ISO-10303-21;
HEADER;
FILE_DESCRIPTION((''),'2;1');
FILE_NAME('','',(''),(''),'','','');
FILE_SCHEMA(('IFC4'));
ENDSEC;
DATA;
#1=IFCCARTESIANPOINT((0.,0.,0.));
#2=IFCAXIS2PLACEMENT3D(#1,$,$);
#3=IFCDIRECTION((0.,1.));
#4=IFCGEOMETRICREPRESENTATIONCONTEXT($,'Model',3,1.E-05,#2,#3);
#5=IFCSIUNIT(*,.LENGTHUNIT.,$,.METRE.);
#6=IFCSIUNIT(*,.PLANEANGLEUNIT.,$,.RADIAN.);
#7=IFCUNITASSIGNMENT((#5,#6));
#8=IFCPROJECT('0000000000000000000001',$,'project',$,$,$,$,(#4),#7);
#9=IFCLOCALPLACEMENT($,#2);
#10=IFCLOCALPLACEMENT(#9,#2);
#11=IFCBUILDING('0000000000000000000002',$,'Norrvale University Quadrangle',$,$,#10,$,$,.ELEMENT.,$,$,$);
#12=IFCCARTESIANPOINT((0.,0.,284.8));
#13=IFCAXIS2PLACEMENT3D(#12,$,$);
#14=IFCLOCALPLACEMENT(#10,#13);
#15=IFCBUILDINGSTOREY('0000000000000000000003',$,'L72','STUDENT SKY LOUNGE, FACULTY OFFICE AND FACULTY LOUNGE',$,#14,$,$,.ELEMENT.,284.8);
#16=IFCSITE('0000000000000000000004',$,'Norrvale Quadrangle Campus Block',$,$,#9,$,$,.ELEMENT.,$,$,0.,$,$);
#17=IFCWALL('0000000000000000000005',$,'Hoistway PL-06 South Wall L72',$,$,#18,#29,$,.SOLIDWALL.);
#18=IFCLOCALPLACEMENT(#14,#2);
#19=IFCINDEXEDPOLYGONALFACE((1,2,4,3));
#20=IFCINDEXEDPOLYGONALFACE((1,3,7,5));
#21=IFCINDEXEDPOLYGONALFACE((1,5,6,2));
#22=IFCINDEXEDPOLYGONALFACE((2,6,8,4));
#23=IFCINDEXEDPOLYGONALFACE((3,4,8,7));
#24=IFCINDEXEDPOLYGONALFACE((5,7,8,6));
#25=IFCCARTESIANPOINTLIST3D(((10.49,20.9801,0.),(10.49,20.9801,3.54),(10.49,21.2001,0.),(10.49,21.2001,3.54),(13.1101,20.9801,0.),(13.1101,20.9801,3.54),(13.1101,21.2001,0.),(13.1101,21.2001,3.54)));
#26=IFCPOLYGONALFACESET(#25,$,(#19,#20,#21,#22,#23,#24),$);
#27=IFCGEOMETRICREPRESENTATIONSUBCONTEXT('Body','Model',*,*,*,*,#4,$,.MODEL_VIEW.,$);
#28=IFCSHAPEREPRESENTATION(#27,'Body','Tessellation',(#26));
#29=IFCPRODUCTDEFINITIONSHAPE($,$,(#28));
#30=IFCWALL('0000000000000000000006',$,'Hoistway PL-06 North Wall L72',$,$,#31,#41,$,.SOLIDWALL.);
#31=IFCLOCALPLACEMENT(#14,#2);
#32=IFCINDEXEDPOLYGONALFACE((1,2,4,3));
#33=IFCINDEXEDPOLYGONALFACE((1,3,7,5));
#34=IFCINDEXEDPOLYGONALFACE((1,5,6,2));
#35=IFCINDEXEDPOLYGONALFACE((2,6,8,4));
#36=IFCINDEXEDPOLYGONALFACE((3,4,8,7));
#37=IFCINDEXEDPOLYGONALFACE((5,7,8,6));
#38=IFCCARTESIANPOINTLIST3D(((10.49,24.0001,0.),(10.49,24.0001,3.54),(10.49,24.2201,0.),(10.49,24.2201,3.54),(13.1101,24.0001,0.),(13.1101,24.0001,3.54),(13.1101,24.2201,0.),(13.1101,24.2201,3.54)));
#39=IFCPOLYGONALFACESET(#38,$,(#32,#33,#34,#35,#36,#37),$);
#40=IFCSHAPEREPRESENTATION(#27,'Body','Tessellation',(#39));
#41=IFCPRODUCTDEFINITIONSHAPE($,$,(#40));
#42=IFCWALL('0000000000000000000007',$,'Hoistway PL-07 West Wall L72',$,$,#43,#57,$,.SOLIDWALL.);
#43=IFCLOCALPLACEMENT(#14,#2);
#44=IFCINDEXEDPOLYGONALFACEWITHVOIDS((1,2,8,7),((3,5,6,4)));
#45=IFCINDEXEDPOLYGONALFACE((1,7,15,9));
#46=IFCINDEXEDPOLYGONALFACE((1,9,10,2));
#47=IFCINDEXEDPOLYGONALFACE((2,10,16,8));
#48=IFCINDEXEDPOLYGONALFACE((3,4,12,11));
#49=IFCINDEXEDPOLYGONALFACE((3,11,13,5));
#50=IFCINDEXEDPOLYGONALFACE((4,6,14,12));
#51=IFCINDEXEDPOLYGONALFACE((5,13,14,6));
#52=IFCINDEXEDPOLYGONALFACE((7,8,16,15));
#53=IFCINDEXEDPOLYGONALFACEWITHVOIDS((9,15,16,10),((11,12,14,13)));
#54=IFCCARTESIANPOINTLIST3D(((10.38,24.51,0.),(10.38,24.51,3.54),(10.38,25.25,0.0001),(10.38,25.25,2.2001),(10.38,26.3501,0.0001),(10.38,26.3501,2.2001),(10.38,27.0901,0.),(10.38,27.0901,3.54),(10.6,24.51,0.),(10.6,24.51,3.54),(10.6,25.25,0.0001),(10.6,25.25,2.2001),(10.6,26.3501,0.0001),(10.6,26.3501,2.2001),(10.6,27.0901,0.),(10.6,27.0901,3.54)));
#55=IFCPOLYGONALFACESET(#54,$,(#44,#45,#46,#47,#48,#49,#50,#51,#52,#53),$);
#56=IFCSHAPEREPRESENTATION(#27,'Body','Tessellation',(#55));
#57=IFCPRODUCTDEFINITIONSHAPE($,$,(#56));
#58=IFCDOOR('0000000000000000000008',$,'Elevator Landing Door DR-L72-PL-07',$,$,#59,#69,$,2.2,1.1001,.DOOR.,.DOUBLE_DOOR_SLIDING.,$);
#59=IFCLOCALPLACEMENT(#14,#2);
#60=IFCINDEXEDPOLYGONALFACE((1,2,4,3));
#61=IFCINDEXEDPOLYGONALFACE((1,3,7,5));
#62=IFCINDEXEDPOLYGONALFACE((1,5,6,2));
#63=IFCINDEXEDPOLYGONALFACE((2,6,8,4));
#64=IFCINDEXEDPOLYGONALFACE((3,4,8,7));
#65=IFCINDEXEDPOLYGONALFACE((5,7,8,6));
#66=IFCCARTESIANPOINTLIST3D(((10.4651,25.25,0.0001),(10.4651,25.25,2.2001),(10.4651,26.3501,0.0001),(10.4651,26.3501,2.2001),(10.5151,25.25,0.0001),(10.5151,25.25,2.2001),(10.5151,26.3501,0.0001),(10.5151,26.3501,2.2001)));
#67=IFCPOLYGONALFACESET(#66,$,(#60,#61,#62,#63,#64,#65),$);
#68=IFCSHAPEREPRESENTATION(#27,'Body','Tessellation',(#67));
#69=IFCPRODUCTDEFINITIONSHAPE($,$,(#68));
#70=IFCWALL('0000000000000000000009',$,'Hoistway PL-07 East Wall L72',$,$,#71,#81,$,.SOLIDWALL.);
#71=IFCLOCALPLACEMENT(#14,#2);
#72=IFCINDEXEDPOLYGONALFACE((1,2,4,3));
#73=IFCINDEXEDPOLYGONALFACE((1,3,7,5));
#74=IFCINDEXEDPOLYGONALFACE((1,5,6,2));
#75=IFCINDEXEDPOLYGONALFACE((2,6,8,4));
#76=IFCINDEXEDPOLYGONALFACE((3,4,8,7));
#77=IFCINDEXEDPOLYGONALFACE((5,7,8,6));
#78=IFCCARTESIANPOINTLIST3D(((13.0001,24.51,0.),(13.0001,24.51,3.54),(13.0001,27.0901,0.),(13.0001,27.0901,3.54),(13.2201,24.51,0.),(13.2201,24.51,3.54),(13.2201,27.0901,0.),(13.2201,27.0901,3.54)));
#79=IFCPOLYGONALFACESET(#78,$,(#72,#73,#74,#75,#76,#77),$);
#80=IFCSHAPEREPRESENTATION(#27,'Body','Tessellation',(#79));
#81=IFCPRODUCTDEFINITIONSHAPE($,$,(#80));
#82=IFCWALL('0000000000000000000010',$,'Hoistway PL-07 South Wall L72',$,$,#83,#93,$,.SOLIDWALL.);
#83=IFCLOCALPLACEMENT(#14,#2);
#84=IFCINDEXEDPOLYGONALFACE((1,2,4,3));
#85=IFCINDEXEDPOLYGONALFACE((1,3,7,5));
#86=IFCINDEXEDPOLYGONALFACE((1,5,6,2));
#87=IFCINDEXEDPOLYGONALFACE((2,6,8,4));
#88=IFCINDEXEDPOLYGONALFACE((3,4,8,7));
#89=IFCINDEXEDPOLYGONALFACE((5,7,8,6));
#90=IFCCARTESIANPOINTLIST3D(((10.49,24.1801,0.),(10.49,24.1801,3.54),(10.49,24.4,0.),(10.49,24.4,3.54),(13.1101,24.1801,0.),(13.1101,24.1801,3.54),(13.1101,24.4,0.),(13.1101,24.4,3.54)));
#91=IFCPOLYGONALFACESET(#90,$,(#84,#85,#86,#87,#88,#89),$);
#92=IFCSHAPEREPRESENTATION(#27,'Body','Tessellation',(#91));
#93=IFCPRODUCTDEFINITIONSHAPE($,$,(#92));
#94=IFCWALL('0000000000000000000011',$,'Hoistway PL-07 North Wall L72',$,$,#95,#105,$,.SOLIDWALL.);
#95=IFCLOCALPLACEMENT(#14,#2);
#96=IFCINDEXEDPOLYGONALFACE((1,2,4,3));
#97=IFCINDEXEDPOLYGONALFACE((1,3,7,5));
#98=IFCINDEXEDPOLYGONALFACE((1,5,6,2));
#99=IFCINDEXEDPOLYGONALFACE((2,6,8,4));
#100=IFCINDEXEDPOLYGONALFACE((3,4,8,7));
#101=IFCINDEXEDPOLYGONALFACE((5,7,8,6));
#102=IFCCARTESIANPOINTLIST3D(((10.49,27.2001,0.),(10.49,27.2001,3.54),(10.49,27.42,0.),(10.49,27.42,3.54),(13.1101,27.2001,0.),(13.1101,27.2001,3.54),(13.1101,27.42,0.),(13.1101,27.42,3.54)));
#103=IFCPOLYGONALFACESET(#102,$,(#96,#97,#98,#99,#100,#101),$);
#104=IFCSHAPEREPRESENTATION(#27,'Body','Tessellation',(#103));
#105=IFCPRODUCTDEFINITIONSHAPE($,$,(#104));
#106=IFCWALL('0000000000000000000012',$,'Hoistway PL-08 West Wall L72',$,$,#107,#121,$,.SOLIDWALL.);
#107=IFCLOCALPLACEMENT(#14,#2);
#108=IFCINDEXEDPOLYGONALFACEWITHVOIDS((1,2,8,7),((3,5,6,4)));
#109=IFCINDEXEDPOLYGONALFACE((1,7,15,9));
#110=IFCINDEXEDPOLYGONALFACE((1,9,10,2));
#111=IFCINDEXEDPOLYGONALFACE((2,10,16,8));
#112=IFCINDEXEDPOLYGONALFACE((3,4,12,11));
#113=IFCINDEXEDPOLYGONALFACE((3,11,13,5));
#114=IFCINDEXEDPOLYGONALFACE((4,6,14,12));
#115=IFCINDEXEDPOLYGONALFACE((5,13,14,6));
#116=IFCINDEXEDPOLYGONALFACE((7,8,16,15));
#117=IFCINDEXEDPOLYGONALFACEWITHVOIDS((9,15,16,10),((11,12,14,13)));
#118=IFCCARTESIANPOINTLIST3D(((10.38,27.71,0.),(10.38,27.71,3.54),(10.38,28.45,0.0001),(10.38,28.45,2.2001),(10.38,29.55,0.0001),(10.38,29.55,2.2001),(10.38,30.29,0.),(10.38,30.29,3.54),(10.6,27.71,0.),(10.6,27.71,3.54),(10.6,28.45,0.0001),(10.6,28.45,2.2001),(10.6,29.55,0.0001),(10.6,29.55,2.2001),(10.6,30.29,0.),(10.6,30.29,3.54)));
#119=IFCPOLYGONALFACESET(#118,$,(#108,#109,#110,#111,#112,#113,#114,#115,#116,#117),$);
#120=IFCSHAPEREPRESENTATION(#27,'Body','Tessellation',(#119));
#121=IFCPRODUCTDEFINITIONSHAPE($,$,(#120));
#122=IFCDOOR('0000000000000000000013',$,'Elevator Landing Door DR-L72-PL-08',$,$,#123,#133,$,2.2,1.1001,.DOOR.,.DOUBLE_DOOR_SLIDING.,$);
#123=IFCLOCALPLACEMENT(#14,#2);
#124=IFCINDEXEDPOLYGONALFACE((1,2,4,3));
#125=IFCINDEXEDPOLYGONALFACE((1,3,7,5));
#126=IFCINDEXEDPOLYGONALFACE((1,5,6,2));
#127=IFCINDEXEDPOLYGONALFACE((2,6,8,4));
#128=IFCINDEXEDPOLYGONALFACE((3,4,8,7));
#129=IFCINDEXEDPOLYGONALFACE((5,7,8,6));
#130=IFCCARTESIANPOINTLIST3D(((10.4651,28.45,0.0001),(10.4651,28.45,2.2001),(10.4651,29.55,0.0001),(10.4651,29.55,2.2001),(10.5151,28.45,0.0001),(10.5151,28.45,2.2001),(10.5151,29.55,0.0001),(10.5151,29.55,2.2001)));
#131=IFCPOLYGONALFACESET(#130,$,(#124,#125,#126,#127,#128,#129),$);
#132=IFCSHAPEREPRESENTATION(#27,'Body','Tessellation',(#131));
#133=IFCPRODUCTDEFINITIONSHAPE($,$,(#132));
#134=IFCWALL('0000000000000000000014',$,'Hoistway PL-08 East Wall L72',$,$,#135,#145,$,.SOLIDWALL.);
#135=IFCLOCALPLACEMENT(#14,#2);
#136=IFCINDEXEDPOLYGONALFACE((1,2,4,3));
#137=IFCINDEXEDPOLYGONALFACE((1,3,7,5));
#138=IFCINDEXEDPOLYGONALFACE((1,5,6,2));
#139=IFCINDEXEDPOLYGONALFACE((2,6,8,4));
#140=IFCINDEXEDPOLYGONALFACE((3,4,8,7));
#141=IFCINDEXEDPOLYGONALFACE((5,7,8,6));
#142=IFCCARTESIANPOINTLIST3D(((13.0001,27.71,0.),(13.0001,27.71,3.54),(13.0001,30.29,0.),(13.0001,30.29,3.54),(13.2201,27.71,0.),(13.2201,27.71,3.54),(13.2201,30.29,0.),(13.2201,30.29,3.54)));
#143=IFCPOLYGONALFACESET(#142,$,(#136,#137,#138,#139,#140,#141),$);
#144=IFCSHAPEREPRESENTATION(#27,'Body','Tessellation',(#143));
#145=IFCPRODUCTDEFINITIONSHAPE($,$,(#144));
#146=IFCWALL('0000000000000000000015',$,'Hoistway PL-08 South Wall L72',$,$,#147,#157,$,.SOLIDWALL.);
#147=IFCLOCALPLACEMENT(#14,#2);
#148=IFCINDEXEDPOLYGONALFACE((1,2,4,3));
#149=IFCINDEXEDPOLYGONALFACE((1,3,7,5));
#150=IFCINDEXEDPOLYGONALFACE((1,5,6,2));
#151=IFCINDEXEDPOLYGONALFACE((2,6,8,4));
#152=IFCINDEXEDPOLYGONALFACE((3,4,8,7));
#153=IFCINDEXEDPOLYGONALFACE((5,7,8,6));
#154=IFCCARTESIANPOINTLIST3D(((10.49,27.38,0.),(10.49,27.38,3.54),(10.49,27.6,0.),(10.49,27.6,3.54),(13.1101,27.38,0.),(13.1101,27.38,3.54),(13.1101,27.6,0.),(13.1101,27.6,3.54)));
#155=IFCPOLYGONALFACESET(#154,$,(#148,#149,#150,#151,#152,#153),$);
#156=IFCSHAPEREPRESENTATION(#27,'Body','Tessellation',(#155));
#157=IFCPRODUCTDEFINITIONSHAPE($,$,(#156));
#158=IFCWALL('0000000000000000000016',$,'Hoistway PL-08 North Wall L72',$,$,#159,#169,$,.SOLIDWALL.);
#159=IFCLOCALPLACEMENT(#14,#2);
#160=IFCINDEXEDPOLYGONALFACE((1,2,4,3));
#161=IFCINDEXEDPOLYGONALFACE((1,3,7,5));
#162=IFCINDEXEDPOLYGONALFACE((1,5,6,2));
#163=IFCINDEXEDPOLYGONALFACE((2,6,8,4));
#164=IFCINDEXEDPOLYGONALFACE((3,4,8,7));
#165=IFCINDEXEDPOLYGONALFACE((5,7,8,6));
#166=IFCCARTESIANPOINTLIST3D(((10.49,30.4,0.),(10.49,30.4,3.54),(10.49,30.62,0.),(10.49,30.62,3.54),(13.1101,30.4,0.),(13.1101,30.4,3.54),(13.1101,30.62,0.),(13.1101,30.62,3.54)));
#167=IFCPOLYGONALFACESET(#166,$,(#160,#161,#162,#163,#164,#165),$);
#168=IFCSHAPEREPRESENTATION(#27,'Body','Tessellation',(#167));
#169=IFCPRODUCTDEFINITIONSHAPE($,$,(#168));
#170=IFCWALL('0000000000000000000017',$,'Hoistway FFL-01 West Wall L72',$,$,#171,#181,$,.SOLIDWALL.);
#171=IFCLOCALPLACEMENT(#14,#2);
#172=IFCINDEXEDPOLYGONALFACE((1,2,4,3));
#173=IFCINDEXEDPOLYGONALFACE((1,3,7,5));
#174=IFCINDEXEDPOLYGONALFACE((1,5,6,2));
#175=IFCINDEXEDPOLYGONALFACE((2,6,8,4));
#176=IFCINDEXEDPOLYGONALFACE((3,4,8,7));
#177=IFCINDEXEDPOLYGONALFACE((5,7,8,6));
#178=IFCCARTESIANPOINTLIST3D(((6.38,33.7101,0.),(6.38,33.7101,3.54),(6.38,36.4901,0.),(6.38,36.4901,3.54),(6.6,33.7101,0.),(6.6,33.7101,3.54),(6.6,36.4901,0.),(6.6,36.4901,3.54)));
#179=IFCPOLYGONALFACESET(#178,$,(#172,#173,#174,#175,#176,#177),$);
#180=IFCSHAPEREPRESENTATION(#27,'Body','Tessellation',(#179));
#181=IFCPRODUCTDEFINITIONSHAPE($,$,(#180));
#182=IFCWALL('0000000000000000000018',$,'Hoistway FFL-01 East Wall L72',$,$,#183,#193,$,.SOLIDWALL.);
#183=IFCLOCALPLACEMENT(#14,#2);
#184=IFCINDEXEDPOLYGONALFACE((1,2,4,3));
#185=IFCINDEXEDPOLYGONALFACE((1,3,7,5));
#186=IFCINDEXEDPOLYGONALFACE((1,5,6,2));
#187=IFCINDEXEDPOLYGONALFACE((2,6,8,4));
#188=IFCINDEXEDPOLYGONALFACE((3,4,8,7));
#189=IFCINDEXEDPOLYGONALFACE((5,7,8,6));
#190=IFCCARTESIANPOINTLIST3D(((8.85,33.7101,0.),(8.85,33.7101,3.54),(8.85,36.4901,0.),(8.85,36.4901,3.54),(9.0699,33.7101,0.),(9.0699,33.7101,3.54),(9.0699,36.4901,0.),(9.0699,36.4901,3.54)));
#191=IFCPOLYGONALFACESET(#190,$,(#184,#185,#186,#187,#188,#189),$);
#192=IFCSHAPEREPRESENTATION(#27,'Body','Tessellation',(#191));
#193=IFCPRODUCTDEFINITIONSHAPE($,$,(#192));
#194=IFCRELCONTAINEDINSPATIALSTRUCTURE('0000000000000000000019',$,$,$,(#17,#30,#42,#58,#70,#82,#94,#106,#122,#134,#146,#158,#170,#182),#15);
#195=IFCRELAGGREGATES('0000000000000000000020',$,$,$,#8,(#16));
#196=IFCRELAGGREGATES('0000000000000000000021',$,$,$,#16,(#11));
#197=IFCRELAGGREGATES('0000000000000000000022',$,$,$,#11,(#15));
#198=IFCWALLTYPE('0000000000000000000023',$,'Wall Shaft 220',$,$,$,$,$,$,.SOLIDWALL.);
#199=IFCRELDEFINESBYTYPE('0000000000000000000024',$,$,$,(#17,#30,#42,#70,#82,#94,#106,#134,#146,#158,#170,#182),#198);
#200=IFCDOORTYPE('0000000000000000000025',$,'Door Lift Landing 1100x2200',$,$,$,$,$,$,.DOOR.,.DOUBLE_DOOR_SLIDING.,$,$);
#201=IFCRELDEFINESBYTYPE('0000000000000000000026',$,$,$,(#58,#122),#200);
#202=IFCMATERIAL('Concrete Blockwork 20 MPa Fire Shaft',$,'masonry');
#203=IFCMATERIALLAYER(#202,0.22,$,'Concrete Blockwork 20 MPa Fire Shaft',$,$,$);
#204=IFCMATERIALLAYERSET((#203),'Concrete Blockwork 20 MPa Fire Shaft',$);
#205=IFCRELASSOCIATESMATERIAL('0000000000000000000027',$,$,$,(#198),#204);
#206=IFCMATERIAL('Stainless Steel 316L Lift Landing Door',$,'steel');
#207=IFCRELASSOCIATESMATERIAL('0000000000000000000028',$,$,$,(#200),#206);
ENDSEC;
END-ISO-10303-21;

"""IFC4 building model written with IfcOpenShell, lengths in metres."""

from ifc_helpers import new_model, si_unit, direction, frame, frame_2d, origin, place, context, subcontext, project, spatial, rectangle, extrude, material, layer, layer_set, type_object, element, fill, save


model = new_model("IFC4")

# Units and contexts
model_context = context("Model", 3, precision=1e-05, world=origin(), true_north=direction((0.0, 1.0)))
body_context = subcontext(model_context, "Body", "Model", "MODEL_VIEW")
ifc_project = project(units=[si_unit("LENGTHUNIT", "METRE"), si_unit("PLANEANGLEUNIT", "RADIAN")], contexts=[model_context])

# Site, building, storey
site_placement = place(None, origin())
site = spatial("IfcSite", under=ifc_project, at=site_placement, Name="Norrvale Quadrangle Campus Block", CompositionType="ELEMENT", RefElevation=0.0)
building_placement = place(site_placement, origin())
building = spatial("IfcBuilding", under=site, at=building_placement, Name="Norrvale University Quadrangle", CompositionType="ELEMENT")
storey_placement = place(building_placement, frame((0.0, 0.0, 284.8)))
storey = spatial("IfcBuildingStorey", under=building, at=storey_placement, Name="L72", Description="STUDENT SKY LOUNGE, FACULTY OFFICE AND FACULTY LOUNGE", CompositionType="ELEMENT", Elevation=284.8)

# Shared definitions
ifc_material_1 = material(Name="Concrete Blockwork 20 MPa Fire Shaft", Category="masonry")
ifc_layer_1 = layer(ifc_material_1, 0.22, Name="Concrete Blockwork 20 MPa Fire Shaft")
ifc_layer_set_1 = layer_set([ifc_layer_1], Name="Concrete Blockwork 20 MPa Fire Shaft")
wall_type_1 = type_object("IfcWallType", Name="Wall Shaft 220", PredefinedType="SOLIDWALL", material=ifc_layer_set_1)

# Shared definitions
ifc_material_2 = material(Name="Stainless Steel 316L Lift Landing Door", Category="steel")
door_type_1 = type_object("IfcDoorType", Name="Door Lift Landing 1100x2200", OperationType="DOUBLE_DOOR_SLIDING", PredefinedType="DOOR", material=ifc_material_2)

# Walls
for number, where, z_axis, x_axis, name in (
    (1, (10.49, 21.0901, 0.0), (0.0, 0.0, 1.0), (1.0, 0.0, 0.0), "Hoistway PL-06 South Wall L72"),
    (2, (10.49, 24.1101, 0.0), (0.0, 0.0, 1.0), (1.0, 0.0, 0.0), "Hoistway PL-06 North Wall L72"),
):
    element("IfcWall", number, at=place(storey_placement, frame(where, z_axis=z_axis, x_axis=x_axis)), inside=storey, type_object=wall_type_1, Name=name, PredefinedType="SOLIDWALL", context=body_context, shape_type="SweptSolid", body=[
        extrude(rectangle(XDim=2.6201, YDim=0.22, at=frame_2d((1.3101, 0.0))), origin(), (0.0, 0.0, 1.0), 3.54),
    ])

# Wall, opening, door
wall_1_placement = place(storey_placement, frame((10.49, 24.51, 0.0), z_axis=(0.0, 0.0, 1.0), x_axis=(0.0, 1.0, 0.0)))
wall_1 = element("IfcWall", 3, at=wall_1_placement, inside=storey, type_object=wall_type_1, Name="Hoistway PL-07 West Wall L72", PredefinedType="SOLIDWALL", context=body_context, shape_type="SweptSolid", body=[
    extrude(rectangle(XDim=2.5801, YDim=0.22, at=frame_2d((1.29, 0.0))), origin(), (0.0, 0.0, 1.0), 3.54),
])
opening_1_placement = place(wall_1_placement, frame((0.74, 0.0, 0.0)))
opening_1 = element("IfcOpeningElement", 4, at=opening_1_placement, cuts=wall_1, PredefinedType="OPENING", context=body_context, shape_type="SweptSolid", body=[
    extrude(rectangle(XDim=1.1001, YDim=2.2, at=frame_2d((0.55, 1.1001))), frame((0.0, 0.1221, 0.0), z_axis=(0.0, -1.0, 0.0), x_axis=(1.0, 0.0, 0.0)), (0.0, 0.0, 1.0), 0.2439),
])
door_1_placement = place(opening_1_placement, origin())
door_1 = element("IfcDoor", 5, at=door_1_placement, inside=storey, type_object=door_type_1, Name="Elevator Landing Door DR-L72-PL-07", OperationType="DOUBLE_DOOR_SLIDING", OverallHeight=2.2, OverallWidth=1.1001, PredefinedType="DOOR", context=body_context, shape_type="SweptSolid", body=[
    extrude(rectangle(XDim=1.1001, YDim=2.2, at=frame_2d((0.55, 1.1001))), frame((0.0, 0.0249, 0.0), z_axis=(0.0, -1.0, 0.0), x_axis=(1.0, 0.0, 0.0)), (0.0, 0.0, 1.0), 0.05),
])
fill(opening_1, door_1)

# Walls
wall_2_placement = place(storey_placement, frame((13.1101, 24.51, 0.0), z_axis=(0.0, 0.0, 1.0), x_axis=(0.0, 1.0, 0.0)))
element("IfcWall", 6, at=wall_2_placement, inside=storey, type_object=wall_type_1, Name="Hoistway PL-07 East Wall L72", PredefinedType="SOLIDWALL", context=body_context, shape_type="SweptSolid", body=[
    extrude(rectangle(XDim=2.5801, YDim=0.22, at=frame_2d((1.29, 0.0))), origin(), (0.0, 0.0, 1.0), 3.54),
])
for number, where, z_axis, x_axis, name in (
    (7, (10.49, 24.29, 0.0), (0.0, 0.0, 1.0), (1.0, 0.0, 0.0), "Hoistway PL-07 South Wall L72"),
    (8, (10.49, 27.3101, 0.0), (0.0, 0.0, 1.0), (1.0, 0.0, 0.0), "Hoistway PL-07 North Wall L72"),
):
    element("IfcWall", number, at=place(storey_placement, frame(where, z_axis=z_axis, x_axis=x_axis)), inside=storey, type_object=wall_type_1, Name=name, PredefinedType="SOLIDWALL", context=body_context, shape_type="SweptSolid", body=[
        extrude(rectangle(XDim=2.6201, YDim=0.22, at=frame_2d((1.3101, 0.0))), origin(), (0.0, 0.0, 1.0), 3.54),
    ])

# Wall, opening, door
wall_3_placement = place(storey_placement, frame((10.49, 27.71, 0.0), z_axis=(0.0, 0.0, 1.0), x_axis=(0.0, 1.0, 0.0)))
wall_3 = element("IfcWall", 9, at=wall_3_placement, inside=storey, type_object=wall_type_1, Name="Hoistway PL-08 West Wall L72", PredefinedType="SOLIDWALL", context=body_context, shape_type="SweptSolid", body=[
    extrude(rectangle(XDim=2.5801, YDim=0.22, at=frame_2d((1.29, 0.0))), origin(), (0.0, 0.0, 1.0), 3.54),
])
opening_2_placement = place(wall_3_placement, frame((0.74, 0.0, 0.0)))
opening_2 = element("IfcOpeningElement", 10, at=opening_2_placement, cuts=wall_3, PredefinedType="OPENING", context=body_context, shape_type="SweptSolid", body=[
    extrude(rectangle(XDim=1.1001, YDim=2.2, at=frame_2d((0.55, 1.1001))), frame((0.0, 0.1221, 0.0), z_axis=(0.0, -1.0, 0.0), x_axis=(1.0, 0.0, 0.0)), (0.0, 0.0, 1.0), 0.2439),
])
door_2_placement = place(opening_2_placement, origin())
door_2 = element("IfcDoor", 11, at=door_2_placement, inside=storey, type_object=door_type_1, Name="Elevator Landing Door DR-L72-PL-08", OperationType="DOUBLE_DOOR_SLIDING", OverallHeight=2.2, OverallWidth=1.1001, PredefinedType="DOOR", context=body_context, shape_type="SweptSolid", body=[
    extrude(rectangle(XDim=1.1001, YDim=2.2, at=frame_2d((0.55, 1.1001))), frame((0.0, 0.0249, 0.0), z_axis=(0.0, -1.0, 0.0), x_axis=(1.0, 0.0, 0.0)), (0.0, 0.0, 1.0), 0.05),
])
fill(opening_2, door_2)

# Walls
wall_4_placement = place(storey_placement, frame((13.1101, 27.71, 0.0), z_axis=(0.0, 0.0, 1.0), x_axis=(0.0, 1.0, 0.0)))
element("IfcWall", 12, at=wall_4_placement, inside=storey, type_object=wall_type_1, Name="Hoistway PL-08 East Wall L72", PredefinedType="SOLIDWALL", context=body_context, shape_type="SweptSolid", body=[
    extrude(rectangle(XDim=2.5801, YDim=0.22, at=frame_2d((1.29, 0.0))), origin(), (0.0, 0.0, 1.0), 3.54),
])
for number, where, z_axis, x_axis, name in (
    (13, (10.49, 27.49, 0.0), (0.0, 0.0, 1.0), (1.0, 0.0, 0.0), "Hoistway PL-08 South Wall L72"),
    (14, (10.49, 30.51, 0.0), (0.0, 0.0, 1.0), (1.0, 0.0, 0.0), "Hoistway PL-08 North Wall L72"),
):
    element("IfcWall", number, at=place(storey_placement, frame(where, z_axis=z_axis, x_axis=x_axis)), inside=storey, type_object=wall_type_1, Name=name, PredefinedType="SOLIDWALL", context=body_context, shape_type="SweptSolid", body=[
        extrude(rectangle(XDim=2.6201, YDim=0.22, at=frame_2d((1.3101, 0.0))), origin(), (0.0, 0.0, 1.0), 3.54),
    ])
for number, where, z_axis, x_axis, name in (
    (15, (6.49, 33.71, 0.0), (0.0, 0.0, 1.0), (0.0, 1.0, 0.0), "Hoistway FFL-01 West Wall L72"),
    (16, (8.96, 33.71, 0.0), (0.0, 0.0, 1.0), (0.0, 1.0, 0.0), "Hoistway FFL-01 East Wall L72"),
):
    element("IfcWall", number, at=place(storey_placement, frame(where, z_axis=z_axis, x_axis=x_axis)), inside=storey, type_object=wall_type_1, Name=name, PredefinedType="SOLIDWALL", context=body_context, shape_type="SweptSolid", body=[
        extrude(rectangle(XDim=2.78, YDim=0.22, at=frame_2d((1.3901, 0.0))), origin(), (0.0, 0.0, 1.0), 3.54),
    ])

save(model, "model.ifc")
